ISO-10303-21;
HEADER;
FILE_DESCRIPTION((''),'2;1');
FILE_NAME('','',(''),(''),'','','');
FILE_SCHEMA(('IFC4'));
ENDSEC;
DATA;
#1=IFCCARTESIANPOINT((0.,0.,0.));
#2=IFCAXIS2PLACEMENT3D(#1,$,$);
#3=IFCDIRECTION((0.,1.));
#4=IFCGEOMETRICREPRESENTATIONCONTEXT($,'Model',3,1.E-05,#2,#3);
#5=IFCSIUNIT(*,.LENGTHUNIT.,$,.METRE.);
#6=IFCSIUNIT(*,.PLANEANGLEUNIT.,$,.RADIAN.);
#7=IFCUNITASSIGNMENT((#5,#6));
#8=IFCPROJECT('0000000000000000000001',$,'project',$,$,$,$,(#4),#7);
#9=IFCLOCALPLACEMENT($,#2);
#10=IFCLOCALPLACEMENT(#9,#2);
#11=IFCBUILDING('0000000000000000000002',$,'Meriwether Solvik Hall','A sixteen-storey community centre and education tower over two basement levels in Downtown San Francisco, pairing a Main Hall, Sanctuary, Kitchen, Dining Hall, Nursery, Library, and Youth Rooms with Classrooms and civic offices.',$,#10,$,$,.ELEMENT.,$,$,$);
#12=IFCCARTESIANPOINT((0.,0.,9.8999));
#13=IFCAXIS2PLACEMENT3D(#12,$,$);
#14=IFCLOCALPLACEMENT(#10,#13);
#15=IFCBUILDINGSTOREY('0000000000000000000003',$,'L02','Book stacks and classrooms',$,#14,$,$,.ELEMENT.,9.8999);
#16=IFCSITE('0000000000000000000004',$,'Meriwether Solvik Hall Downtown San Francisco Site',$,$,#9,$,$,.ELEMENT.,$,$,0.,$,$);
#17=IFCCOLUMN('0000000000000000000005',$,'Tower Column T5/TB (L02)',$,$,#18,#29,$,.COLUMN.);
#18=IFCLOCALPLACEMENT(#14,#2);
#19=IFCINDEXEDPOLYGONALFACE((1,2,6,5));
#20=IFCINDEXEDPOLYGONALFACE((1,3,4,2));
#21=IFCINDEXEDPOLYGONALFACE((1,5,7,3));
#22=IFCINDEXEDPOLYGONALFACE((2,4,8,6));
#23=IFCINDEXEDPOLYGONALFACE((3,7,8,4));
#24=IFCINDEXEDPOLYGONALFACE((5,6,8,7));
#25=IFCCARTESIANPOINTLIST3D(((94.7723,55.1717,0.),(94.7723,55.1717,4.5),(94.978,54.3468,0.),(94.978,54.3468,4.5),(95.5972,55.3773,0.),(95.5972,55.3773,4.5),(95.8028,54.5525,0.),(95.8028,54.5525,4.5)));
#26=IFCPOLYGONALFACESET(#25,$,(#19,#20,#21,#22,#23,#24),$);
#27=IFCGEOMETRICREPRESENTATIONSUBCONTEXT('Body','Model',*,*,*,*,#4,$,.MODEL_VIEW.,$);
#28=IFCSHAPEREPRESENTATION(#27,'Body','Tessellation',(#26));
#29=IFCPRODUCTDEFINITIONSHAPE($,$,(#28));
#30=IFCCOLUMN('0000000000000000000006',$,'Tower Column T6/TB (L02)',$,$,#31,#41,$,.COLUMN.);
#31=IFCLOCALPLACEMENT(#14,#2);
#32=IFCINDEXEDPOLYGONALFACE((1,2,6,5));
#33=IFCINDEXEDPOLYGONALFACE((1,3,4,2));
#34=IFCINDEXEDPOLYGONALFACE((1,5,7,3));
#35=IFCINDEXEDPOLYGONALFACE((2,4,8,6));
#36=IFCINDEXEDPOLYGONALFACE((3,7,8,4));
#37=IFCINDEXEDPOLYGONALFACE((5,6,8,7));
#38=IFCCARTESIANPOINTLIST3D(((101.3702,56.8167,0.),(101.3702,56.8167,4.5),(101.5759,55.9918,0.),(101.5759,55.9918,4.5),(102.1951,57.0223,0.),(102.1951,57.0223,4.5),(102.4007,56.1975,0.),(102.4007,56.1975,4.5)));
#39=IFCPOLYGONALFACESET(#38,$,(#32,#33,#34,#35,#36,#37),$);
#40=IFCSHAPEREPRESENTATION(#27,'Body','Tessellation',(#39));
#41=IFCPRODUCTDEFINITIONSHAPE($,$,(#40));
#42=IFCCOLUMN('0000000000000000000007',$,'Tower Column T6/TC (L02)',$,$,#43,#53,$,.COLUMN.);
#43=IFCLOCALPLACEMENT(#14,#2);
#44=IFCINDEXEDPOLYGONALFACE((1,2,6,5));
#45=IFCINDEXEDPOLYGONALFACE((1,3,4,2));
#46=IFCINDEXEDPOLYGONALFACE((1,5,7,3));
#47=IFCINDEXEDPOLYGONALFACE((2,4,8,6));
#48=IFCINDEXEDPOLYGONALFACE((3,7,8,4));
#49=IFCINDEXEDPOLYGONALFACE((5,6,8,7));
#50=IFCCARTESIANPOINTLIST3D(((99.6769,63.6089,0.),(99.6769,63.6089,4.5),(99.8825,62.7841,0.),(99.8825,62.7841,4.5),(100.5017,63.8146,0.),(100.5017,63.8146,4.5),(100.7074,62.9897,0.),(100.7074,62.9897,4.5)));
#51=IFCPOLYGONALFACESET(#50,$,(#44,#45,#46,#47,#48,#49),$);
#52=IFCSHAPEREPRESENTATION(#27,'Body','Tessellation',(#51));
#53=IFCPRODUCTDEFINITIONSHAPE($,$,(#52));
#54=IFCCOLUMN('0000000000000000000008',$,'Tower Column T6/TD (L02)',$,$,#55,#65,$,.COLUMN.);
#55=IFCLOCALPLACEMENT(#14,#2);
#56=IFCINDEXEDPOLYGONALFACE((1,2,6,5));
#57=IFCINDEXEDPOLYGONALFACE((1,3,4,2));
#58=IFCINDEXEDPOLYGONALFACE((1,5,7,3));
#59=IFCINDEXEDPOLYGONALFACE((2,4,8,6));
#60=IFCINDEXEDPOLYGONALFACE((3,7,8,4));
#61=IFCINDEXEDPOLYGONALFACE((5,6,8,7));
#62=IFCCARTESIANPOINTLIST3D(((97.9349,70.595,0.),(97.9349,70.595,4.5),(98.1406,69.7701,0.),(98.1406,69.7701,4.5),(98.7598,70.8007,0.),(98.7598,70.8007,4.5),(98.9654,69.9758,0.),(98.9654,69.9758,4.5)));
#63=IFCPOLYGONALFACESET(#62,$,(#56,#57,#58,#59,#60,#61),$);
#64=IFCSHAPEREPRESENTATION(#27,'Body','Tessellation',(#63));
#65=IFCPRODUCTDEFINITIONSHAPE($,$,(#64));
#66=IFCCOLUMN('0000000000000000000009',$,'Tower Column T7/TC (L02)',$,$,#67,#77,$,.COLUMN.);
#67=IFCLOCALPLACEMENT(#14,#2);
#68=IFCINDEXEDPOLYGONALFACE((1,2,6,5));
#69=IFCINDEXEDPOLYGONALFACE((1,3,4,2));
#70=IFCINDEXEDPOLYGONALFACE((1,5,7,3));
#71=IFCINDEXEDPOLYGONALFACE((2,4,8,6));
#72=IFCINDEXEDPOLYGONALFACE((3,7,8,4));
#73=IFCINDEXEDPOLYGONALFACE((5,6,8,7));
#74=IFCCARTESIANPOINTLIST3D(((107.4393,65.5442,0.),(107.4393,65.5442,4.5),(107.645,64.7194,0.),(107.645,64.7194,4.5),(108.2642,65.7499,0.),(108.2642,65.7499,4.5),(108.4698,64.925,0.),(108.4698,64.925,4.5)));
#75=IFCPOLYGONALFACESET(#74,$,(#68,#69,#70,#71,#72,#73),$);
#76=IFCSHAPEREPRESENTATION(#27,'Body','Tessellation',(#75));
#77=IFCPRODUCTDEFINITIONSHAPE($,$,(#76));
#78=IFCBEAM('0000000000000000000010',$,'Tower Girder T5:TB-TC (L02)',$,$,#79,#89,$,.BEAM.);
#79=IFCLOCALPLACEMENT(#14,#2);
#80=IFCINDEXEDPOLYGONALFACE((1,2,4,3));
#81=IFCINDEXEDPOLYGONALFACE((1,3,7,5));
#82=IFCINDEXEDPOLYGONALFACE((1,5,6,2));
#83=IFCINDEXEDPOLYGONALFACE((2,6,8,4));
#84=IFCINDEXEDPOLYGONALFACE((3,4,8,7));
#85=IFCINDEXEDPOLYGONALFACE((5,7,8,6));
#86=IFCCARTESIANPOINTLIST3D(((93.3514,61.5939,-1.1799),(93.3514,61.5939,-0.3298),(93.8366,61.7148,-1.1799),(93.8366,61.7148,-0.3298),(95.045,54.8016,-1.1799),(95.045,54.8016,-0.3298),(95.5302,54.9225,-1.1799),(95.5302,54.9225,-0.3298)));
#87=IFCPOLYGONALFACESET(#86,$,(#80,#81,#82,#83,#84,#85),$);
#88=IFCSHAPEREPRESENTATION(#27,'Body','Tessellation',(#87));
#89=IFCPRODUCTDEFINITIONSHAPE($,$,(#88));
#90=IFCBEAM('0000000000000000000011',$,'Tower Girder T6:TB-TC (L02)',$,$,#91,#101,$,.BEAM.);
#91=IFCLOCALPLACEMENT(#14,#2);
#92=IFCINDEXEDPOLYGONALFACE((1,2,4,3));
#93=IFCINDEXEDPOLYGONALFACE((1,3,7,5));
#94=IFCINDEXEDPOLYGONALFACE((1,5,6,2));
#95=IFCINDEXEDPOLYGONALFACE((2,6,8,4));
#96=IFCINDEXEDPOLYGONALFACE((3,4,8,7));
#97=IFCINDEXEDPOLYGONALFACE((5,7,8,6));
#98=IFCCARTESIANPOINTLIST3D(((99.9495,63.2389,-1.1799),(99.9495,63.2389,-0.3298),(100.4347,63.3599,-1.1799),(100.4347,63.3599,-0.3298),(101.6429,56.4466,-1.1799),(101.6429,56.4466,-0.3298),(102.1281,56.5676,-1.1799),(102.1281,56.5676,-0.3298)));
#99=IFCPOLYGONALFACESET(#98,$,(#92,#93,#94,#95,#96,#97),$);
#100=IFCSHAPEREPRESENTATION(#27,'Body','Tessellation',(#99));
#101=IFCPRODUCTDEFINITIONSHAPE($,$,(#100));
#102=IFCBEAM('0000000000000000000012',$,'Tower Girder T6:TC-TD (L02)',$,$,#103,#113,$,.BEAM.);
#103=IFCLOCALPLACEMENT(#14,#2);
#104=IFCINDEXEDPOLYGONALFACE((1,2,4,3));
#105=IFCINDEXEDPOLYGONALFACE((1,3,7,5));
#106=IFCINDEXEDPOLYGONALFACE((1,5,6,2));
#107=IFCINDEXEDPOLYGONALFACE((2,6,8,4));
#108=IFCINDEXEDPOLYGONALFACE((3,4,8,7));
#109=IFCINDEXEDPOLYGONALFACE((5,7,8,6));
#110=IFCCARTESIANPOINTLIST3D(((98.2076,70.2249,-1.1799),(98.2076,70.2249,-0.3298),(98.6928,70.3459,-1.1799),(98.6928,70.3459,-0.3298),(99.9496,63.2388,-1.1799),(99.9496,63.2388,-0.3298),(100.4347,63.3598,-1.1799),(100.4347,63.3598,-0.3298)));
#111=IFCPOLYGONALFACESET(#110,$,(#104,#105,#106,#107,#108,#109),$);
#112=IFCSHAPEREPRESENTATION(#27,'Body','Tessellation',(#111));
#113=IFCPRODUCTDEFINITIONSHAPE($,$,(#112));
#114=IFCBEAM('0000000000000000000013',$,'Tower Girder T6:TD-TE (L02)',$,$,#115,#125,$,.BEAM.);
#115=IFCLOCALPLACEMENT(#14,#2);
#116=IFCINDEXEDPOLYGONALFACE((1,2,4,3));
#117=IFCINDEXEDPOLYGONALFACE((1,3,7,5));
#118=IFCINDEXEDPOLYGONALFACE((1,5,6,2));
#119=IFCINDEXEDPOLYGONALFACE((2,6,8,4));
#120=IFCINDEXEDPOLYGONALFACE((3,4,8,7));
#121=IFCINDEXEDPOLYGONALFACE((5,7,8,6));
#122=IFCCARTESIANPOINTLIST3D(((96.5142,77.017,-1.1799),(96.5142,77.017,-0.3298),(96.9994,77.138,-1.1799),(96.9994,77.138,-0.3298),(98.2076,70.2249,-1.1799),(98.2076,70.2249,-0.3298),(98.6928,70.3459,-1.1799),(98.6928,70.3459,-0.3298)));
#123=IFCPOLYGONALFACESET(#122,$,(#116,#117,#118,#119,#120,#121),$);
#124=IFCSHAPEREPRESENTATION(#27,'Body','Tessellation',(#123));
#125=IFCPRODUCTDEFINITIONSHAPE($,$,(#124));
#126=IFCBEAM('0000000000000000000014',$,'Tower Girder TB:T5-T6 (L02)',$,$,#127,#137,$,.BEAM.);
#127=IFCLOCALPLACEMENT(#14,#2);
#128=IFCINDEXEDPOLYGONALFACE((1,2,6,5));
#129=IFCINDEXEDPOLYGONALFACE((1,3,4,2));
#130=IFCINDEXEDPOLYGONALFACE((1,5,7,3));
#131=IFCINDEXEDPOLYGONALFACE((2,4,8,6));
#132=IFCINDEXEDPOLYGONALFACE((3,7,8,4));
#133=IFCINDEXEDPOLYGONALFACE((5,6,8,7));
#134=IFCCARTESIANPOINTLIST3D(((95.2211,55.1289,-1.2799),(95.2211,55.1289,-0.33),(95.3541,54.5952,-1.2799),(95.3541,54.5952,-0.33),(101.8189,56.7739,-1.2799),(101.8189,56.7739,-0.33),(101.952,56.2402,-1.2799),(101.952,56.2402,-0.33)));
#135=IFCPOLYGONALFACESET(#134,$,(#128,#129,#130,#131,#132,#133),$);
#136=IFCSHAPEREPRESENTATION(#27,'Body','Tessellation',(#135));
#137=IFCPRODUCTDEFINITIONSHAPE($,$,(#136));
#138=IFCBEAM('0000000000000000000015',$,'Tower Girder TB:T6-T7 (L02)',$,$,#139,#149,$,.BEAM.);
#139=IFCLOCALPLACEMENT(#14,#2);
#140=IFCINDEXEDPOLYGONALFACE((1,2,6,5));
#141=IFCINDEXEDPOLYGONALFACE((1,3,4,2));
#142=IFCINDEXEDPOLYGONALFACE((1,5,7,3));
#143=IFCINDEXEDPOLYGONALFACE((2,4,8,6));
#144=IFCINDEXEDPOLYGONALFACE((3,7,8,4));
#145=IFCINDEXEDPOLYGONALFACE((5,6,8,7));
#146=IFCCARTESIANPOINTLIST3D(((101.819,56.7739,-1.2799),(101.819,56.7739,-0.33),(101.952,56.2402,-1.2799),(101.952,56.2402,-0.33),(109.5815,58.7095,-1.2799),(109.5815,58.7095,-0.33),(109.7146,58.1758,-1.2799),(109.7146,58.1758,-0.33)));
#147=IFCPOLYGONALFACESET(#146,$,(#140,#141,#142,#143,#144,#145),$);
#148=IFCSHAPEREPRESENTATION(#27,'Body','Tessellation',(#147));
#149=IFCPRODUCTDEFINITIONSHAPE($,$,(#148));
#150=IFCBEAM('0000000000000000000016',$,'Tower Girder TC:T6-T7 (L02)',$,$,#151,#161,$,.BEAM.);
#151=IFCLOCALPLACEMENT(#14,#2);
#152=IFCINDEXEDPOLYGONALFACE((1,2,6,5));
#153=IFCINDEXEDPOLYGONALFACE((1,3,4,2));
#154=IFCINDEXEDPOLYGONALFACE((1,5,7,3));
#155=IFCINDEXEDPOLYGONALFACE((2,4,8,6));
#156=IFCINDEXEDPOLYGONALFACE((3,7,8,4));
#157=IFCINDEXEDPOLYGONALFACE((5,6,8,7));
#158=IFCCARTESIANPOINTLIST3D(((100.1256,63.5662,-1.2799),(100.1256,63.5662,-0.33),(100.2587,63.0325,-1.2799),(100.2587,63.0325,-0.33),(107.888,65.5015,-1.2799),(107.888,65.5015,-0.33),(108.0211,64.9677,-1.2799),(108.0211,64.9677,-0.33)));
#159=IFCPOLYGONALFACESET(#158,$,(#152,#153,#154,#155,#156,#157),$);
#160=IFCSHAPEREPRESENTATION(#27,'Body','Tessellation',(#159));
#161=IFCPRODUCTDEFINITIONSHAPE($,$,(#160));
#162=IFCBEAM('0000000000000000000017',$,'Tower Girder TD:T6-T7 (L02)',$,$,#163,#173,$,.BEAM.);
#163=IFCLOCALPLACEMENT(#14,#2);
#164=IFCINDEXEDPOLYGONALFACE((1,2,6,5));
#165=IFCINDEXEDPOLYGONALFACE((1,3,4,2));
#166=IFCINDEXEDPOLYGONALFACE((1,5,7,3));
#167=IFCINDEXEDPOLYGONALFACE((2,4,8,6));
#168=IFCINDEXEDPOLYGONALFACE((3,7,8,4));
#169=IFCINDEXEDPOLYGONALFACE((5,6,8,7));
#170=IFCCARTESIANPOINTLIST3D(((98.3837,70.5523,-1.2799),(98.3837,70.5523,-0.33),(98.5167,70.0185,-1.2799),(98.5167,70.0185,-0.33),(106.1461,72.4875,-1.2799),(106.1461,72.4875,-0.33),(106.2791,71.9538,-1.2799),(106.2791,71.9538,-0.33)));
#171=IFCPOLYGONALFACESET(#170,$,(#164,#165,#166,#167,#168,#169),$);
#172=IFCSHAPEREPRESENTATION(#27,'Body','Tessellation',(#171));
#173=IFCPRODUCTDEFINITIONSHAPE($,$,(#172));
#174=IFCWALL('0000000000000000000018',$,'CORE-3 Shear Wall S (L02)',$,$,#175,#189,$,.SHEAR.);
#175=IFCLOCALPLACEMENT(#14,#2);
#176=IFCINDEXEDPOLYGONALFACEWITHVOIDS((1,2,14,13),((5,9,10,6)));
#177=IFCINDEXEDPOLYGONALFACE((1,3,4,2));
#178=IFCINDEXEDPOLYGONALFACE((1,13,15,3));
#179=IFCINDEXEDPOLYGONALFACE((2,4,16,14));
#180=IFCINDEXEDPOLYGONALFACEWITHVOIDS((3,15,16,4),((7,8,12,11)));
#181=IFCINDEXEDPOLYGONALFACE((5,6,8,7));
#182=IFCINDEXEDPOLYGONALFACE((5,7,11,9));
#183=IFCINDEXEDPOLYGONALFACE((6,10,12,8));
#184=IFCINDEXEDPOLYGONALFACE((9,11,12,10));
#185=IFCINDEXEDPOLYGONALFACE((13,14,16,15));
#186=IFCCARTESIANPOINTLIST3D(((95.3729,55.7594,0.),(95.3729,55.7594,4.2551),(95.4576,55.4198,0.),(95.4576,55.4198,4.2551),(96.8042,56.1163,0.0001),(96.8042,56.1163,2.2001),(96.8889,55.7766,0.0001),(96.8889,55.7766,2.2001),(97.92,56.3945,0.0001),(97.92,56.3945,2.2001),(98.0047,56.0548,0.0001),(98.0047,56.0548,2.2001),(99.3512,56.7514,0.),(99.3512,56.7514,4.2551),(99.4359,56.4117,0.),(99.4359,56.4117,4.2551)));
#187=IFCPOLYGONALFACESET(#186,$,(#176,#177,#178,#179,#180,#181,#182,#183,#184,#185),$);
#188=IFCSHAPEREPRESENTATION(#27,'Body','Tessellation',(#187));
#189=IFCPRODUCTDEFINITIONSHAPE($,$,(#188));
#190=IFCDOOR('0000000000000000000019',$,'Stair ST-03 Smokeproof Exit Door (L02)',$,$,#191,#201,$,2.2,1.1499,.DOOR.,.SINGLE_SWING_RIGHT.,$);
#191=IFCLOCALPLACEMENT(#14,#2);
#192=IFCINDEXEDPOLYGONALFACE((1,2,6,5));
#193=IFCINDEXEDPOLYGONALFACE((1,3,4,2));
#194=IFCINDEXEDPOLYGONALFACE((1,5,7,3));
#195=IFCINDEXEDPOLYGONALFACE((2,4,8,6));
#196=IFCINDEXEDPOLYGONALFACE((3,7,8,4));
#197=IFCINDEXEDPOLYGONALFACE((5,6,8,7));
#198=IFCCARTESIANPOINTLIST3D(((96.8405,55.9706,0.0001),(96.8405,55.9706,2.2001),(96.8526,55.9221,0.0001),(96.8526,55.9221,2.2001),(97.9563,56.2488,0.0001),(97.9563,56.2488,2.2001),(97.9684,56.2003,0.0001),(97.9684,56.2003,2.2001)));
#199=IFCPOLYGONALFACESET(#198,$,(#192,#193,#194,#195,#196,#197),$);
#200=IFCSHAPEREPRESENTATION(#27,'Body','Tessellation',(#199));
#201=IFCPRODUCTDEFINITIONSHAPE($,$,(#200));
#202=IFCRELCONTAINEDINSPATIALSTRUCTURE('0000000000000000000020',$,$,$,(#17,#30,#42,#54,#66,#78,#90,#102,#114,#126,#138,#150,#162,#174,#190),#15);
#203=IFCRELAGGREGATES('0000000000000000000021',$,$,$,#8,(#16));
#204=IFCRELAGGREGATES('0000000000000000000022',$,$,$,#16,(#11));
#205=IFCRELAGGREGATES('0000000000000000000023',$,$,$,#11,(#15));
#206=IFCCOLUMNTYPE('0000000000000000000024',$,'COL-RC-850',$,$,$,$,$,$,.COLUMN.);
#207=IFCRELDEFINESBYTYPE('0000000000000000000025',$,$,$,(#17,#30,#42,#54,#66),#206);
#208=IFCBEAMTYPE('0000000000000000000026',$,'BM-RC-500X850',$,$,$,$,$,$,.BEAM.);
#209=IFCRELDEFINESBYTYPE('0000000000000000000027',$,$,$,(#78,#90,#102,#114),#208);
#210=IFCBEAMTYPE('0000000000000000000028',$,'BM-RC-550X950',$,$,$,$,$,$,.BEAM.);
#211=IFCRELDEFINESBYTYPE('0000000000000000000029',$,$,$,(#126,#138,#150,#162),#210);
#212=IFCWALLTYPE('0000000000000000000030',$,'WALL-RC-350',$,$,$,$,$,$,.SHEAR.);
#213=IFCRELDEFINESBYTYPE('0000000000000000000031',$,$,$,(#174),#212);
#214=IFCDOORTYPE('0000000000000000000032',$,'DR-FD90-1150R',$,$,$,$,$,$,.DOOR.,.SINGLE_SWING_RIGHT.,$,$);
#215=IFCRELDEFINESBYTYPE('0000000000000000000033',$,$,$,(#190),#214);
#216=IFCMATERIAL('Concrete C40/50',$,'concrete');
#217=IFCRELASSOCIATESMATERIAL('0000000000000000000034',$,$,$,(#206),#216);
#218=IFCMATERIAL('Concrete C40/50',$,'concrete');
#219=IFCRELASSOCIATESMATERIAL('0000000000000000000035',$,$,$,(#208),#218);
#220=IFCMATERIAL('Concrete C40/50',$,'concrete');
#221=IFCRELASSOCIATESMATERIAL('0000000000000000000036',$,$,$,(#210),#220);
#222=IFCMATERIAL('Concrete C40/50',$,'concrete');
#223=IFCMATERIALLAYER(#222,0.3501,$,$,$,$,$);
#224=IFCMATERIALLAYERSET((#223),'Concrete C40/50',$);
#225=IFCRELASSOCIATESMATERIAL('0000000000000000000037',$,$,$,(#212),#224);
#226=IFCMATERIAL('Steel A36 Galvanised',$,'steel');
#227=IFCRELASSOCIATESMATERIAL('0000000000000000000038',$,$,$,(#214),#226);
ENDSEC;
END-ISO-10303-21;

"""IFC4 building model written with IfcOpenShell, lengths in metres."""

from ifc_helpers import new_model, si_unit, direction, frame, frame_2d, origin, origin_2d, place, context, subcontext, project, spatial, rectangle, extrude, material, layer, layer_set, material_profile, profile_set, type_object, element, fill, save


model = new_model("IFC4")

# Units and contexts
model_context = context("Model", 3, precision=1e-05, world=origin(), true_north=direction((0.0, 1.0)))
body_context = subcontext(model_context, "Body", "Model", "MODEL_VIEW")
ifc_project = project(units=[si_unit("LENGTHUNIT", "METRE"), si_unit("PLANEANGLEUNIT", "RADIAN")], contexts=[model_context])

# Site, building, storey
site_placement = place(None, origin())
site = spatial("IfcSite", under=ifc_project, at=site_placement, Name="Meriwether Solvik Hall Downtown San Francisco Site", CompositionType="ELEMENT", RefElevation=0.0)
building_placement = place(site_placement, origin())
building = spatial("IfcBuilding", under=site, at=building_placement, Name="Meriwether Solvik Hall", Description="A sixteen-storey community centre and education tower over two basement levels in Downtown San Francisco, pairing a Main Hall, Sanctuary, Kitchen, Dining Hall, Nursery, Library, and Youth Rooms with Classrooms and civic offices.", CompositionType="ELEMENT")
storey_placement = place(building_placement, frame((0.0, 0.0, 9.8999)))
storey = spatial("IfcBuildingStorey", under=building, at=storey_placement, Name="L02", Description="Book stacks and classrooms", CompositionType="ELEMENT", Elevation=9.8999)

# Columns
ifc_material_1 = material(Name="Concrete C40/50", Category="concrete")
ifc_material_profile_1 = material_profile(ifc_material_1, rectangle(XDim=0.8501, YDim=0.8501, at=origin_2d()), Name="RCC-850X850")
ifc_profile_set_1 = profile_set([ifc_material_profile_1], Name="Concrete C40/50")
column_type = type_object("IfcColumnType", Name="COL-RC-850", PredefinedType="COLUMN", material=ifc_profile_set_1)
for number, where, z_axis, x_axis, name in (
    (1, (95.2876, 54.8621, 0.0), (0.0, 0.0, 1.0), (0.970296, 0.241922, 0.0), "Tower Column T5/TB (L02)"),
    (2, (101.8855, 56.5071, 0.0), (0.0, 0.0, 1.0), (0.970296, 0.241922, 0.0), "Tower Column T6/TB (L02)"),
    (3, (100.1921, 63.2993, 0.0), (0.0, 0.0, 1.0), (0.970296, 0.241922, 0.0), "Tower Column T6/TC (L02)"),
    (4, (98.4502, 70.2854, 0.0), (0.0, 0.0, 1.0), (0.970296, 0.241922, 0.0), "Tower Column T6/TD (L02)"),
    (5, (107.9546, 65.2346, 0.0), (0.0, 0.0, 1.0), (0.970296, 0.241922, 0.0), "Tower Column T7/TC (L02)"),
):
    element("IfcColumn", number, at=place(storey_placement, frame(where, z_axis=z_axis, x_axis=x_axis)), inside=storey, type_object=column_type, Name=name, PredefinedType="COLUMN", context=body_context, shape_type="SweptSolid", body=[
        extrude(rectangle(XDim=0.8501, YDim=0.8501, at=origin_2d()), origin(), (0.0, 0.0, 1.0), 4.5),
    ])

# Beams
ifc_material_2 = material(Name="Concrete C40/50", Category="concrete")
ifc_material_profile_2 = material_profile(ifc_material_2, rectangle(XDim=0.5, YDim=0.8501, at=origin_2d()), Name="RCB-500X850")
ifc_profile_set_2 = profile_set([ifc_material_profile_2], Name="Concrete C40/50")
beam_type_1 = type_object("IfcBeamType", Name="BM-RC-500X850", PredefinedType="BEAM", material=ifc_profile_set_2)
for number, where, z_axis, x_axis, name in (
    (6, (95.2876, 54.8621, -0.7549), (-0.241937, 0.970292, 0.0), (-0.970292, -0.241937, 0.0), "Tower Girder T5:TB-TC (L02)"),
    (7, (101.8855, 56.5071, -0.7549), (-0.241904, 0.9703, 0.0), (-0.9703, -0.241904, 0.0), "Tower Girder T6:TB-TC (L02)"),
):
    element("IfcBeam", number, at=place(storey_placement, frame(where, z_axis=z_axis, x_axis=x_axis)), inside=storey, type_object=beam_type_1, Name=name, PredefinedType="BEAM", context=body_context, shape_type="SweptSolid", body=[
        extrude(rectangle(XDim=0.5, YDim=0.8501, at=origin_2d()), origin(), (0.0, 0.0, 1.0), 7.0002),
    ])
beam_1_placement = place(storey_placement, frame((100.1921, 63.2993, -0.7549), z_axis=(-0.241937, 0.970292, 0.0), x_axis=(-0.970292, -0.241937, 0.0)))
element("IfcBeam", 8, at=beam_1_placement, inside=storey, type_object=beam_type_1, Name="Tower Girder T6:TC-TD (L02)", PredefinedType="BEAM", context=body_context, shape_type="SweptSolid", body=[
    extrude(rectangle(XDim=0.5, YDim=0.8501, at=origin_2d()), origin(), (0.0, 0.0, 1.0), 7.2),
])
beam_2_placement = place(storey_placement, frame((98.4502, 70.2854, -0.7549), z_axis=(-0.241912, 0.970298, 0.0), x_axis=(-0.970298, -0.241912, 0.0)))
element("IfcBeam", 9, at=beam_2_placement, inside=storey, type_object=beam_type_1, Name="Tower Girder T6:TD-TE (L02)", PredefinedType="BEAM", context=body_context, shape_type="SweptSolid", body=[
    extrude(rectangle(XDim=0.5, YDim=0.8501, at=origin_2d()), origin(), (0.0, 0.0, 1.0), 7.0),
])
ifc_material_3 = material(Name="Concrete C40/50", Category="concrete")
ifc_material_profile_3 = material_profile(ifc_material_3, rectangle(XDim=0.55, YDim=0.95, at=origin_2d()), Name="RCB-550X950")
ifc_profile_set_3 = profile_set([ifc_material_profile_3], Name="Concrete C40/50")
beam_type_2 = type_object("IfcBeamType", Name="BM-RC-550X950", PredefinedType="BEAM", material=ifc_profile_set_3)
beam_3_placement = place(storey_placement, frame((95.2876, 54.8621, -0.8049), z_axis=(0.970296, 0.241919, 0.0), x_axis=(-0.241919, 0.970296, 0.0)))
element("IfcBeam", 10, at=beam_3_placement, inside=storey, type_object=beam_type_2, Name="Tower Girder TB:T5-T6 (L02)", PredefinedType="BEAM", context=body_context, shape_type="SweptSolid", body=[
    extrude(rectangle(XDim=0.55, YDim=0.95, at=origin_2d()), origin(), (0.0, 0.0, 1.0), 6.7998),
])
beam_4_placement = place(storey_placement, frame((101.8855, 56.5071, -0.8049), z_axis=(0.970291, 0.24194, 0.0), x_axis=(-0.24194, 0.970291, 0.0)))
element("IfcBeam", 11, at=beam_4_placement, inside=storey, type_object=beam_type_2, Name="Tower Girder TB:T6-T7 (L02)", PredefinedType="BEAM", context=body_context, shape_type="SweptSolid", body=[
    extrude(rectangle(XDim=0.55, YDim=0.95, at=origin_2d()), origin(), (0.0, 0.0, 1.0), 8.0002),
])
for number, where, z_axis, x_axis, name in (
    (12, (100.1921, 63.2993, -0.8049), (0.970298, 0.241911, 0.0), (-0.241911, 0.970298, 0.0), "Tower Girder TC:T6-T7 (L02)"),
    (13, (98.4502, 70.2854, -0.8049), (0.970298, 0.241911, 0.0), (-0.241911, 0.970298, 0.0), "Tower Girder TD:T6-T7 (L02)"),
):
    element("IfcBeam", number, at=place(storey_placement, frame(where, z_axis=z_axis, x_axis=x_axis)), inside=storey, type_object=beam_type_2, Name=name, PredefinedType="BEAM", context=body_context, shape_type="SweptSolid", body=[
        extrude(rectangle(XDim=0.55, YDim=0.95, at=origin_2d()), origin(), (0.0, 0.0, 1.0), 8.0),
    ])

# Wall, opening, door
ifc_material_4 = material(Name="Concrete C40/50", Category="concrete")
ifc_layer_1 = layer(ifc_material_4, 0.3501)
ifc_layer_set_1 = layer_set([ifc_layer_1], Name="Concrete C40/50")
wall_type = type_object("IfcWallType", Name="WALL-RC-350", PredefinedType="SHEAR", material=ifc_layer_set_1)
wall_1_placement = place(storey_placement, frame((95.4153, 55.5896, 0.0), z_axis=(0.0, 0.0, 1.0), x_axis=(0.970293, 0.241933, 0.0)))
wall_1 = element("IfcWall", 14, at=wall_1_placement, inside=storey, type_object=wall_type, Name="CORE-3 Shear Wall S (L02)", PredefinedType="SHEAR", context=body_context, shape_type="SweptSolid", body=[
    extrude(rectangle(XDim=4.1001, YDim=0.3501, at=frame_2d((2.05, 0.0))), origin(), (0.0, 0.0, 1.0), 4.2551),
])
opening_placement = place(wall_1_placement, frame((1.4751, 0.0, 0.0)))
opening = element("IfcOpeningElement", 15, at=opening_placement, cuts=wall_1, PredefinedType="OPENING", context=body_context, shape_type="SweptSolid", body=[
    extrude(rectangle(XDim=1.1499, YDim=2.2, at=frame_2d((0.575, 1.1001))), frame((0.0, 0.187, 0.0), z_axis=(0.0, -1.0, 0.0), x_axis=(1.0, 0.0, 0.0)), (0.0, 0.0, 1.0), 0.374),
])
ifc_material_5 = material(Name="Steel A36 Galvanised", Category="steel")
door_type = type_object("IfcDoorType", Name="DR-FD90-1150R", OperationType="SINGLE_SWING_RIGHT", PredefinedType="DOOR", material=ifc_material_5)
door_placement = place(opening_placement, origin())
door = element("IfcDoor", 16, at=door_placement, inside=storey, type_object=door_type, Name="Stair ST-03 Smokeproof Exit Door (L02)", OperationType="SINGLE_SWING_RIGHT", OverallHeight=2.2, OverallWidth=1.1499, PredefinedType="DOOR", context=body_context, shape_type="SweptSolid", body=[
    extrude(rectangle(XDim=1.1499, YDim=2.2, at=frame_2d((0.575, 1.1001))), frame((0.0, 0.0249, 0.0), z_axis=(0.0, -1.0, 0.0), x_axis=(1.0, 0.0, 0.0)), (0.0, 0.0, 1.0), 0.05),
])
fill(opening, door)

save(model, "model.ifc")
